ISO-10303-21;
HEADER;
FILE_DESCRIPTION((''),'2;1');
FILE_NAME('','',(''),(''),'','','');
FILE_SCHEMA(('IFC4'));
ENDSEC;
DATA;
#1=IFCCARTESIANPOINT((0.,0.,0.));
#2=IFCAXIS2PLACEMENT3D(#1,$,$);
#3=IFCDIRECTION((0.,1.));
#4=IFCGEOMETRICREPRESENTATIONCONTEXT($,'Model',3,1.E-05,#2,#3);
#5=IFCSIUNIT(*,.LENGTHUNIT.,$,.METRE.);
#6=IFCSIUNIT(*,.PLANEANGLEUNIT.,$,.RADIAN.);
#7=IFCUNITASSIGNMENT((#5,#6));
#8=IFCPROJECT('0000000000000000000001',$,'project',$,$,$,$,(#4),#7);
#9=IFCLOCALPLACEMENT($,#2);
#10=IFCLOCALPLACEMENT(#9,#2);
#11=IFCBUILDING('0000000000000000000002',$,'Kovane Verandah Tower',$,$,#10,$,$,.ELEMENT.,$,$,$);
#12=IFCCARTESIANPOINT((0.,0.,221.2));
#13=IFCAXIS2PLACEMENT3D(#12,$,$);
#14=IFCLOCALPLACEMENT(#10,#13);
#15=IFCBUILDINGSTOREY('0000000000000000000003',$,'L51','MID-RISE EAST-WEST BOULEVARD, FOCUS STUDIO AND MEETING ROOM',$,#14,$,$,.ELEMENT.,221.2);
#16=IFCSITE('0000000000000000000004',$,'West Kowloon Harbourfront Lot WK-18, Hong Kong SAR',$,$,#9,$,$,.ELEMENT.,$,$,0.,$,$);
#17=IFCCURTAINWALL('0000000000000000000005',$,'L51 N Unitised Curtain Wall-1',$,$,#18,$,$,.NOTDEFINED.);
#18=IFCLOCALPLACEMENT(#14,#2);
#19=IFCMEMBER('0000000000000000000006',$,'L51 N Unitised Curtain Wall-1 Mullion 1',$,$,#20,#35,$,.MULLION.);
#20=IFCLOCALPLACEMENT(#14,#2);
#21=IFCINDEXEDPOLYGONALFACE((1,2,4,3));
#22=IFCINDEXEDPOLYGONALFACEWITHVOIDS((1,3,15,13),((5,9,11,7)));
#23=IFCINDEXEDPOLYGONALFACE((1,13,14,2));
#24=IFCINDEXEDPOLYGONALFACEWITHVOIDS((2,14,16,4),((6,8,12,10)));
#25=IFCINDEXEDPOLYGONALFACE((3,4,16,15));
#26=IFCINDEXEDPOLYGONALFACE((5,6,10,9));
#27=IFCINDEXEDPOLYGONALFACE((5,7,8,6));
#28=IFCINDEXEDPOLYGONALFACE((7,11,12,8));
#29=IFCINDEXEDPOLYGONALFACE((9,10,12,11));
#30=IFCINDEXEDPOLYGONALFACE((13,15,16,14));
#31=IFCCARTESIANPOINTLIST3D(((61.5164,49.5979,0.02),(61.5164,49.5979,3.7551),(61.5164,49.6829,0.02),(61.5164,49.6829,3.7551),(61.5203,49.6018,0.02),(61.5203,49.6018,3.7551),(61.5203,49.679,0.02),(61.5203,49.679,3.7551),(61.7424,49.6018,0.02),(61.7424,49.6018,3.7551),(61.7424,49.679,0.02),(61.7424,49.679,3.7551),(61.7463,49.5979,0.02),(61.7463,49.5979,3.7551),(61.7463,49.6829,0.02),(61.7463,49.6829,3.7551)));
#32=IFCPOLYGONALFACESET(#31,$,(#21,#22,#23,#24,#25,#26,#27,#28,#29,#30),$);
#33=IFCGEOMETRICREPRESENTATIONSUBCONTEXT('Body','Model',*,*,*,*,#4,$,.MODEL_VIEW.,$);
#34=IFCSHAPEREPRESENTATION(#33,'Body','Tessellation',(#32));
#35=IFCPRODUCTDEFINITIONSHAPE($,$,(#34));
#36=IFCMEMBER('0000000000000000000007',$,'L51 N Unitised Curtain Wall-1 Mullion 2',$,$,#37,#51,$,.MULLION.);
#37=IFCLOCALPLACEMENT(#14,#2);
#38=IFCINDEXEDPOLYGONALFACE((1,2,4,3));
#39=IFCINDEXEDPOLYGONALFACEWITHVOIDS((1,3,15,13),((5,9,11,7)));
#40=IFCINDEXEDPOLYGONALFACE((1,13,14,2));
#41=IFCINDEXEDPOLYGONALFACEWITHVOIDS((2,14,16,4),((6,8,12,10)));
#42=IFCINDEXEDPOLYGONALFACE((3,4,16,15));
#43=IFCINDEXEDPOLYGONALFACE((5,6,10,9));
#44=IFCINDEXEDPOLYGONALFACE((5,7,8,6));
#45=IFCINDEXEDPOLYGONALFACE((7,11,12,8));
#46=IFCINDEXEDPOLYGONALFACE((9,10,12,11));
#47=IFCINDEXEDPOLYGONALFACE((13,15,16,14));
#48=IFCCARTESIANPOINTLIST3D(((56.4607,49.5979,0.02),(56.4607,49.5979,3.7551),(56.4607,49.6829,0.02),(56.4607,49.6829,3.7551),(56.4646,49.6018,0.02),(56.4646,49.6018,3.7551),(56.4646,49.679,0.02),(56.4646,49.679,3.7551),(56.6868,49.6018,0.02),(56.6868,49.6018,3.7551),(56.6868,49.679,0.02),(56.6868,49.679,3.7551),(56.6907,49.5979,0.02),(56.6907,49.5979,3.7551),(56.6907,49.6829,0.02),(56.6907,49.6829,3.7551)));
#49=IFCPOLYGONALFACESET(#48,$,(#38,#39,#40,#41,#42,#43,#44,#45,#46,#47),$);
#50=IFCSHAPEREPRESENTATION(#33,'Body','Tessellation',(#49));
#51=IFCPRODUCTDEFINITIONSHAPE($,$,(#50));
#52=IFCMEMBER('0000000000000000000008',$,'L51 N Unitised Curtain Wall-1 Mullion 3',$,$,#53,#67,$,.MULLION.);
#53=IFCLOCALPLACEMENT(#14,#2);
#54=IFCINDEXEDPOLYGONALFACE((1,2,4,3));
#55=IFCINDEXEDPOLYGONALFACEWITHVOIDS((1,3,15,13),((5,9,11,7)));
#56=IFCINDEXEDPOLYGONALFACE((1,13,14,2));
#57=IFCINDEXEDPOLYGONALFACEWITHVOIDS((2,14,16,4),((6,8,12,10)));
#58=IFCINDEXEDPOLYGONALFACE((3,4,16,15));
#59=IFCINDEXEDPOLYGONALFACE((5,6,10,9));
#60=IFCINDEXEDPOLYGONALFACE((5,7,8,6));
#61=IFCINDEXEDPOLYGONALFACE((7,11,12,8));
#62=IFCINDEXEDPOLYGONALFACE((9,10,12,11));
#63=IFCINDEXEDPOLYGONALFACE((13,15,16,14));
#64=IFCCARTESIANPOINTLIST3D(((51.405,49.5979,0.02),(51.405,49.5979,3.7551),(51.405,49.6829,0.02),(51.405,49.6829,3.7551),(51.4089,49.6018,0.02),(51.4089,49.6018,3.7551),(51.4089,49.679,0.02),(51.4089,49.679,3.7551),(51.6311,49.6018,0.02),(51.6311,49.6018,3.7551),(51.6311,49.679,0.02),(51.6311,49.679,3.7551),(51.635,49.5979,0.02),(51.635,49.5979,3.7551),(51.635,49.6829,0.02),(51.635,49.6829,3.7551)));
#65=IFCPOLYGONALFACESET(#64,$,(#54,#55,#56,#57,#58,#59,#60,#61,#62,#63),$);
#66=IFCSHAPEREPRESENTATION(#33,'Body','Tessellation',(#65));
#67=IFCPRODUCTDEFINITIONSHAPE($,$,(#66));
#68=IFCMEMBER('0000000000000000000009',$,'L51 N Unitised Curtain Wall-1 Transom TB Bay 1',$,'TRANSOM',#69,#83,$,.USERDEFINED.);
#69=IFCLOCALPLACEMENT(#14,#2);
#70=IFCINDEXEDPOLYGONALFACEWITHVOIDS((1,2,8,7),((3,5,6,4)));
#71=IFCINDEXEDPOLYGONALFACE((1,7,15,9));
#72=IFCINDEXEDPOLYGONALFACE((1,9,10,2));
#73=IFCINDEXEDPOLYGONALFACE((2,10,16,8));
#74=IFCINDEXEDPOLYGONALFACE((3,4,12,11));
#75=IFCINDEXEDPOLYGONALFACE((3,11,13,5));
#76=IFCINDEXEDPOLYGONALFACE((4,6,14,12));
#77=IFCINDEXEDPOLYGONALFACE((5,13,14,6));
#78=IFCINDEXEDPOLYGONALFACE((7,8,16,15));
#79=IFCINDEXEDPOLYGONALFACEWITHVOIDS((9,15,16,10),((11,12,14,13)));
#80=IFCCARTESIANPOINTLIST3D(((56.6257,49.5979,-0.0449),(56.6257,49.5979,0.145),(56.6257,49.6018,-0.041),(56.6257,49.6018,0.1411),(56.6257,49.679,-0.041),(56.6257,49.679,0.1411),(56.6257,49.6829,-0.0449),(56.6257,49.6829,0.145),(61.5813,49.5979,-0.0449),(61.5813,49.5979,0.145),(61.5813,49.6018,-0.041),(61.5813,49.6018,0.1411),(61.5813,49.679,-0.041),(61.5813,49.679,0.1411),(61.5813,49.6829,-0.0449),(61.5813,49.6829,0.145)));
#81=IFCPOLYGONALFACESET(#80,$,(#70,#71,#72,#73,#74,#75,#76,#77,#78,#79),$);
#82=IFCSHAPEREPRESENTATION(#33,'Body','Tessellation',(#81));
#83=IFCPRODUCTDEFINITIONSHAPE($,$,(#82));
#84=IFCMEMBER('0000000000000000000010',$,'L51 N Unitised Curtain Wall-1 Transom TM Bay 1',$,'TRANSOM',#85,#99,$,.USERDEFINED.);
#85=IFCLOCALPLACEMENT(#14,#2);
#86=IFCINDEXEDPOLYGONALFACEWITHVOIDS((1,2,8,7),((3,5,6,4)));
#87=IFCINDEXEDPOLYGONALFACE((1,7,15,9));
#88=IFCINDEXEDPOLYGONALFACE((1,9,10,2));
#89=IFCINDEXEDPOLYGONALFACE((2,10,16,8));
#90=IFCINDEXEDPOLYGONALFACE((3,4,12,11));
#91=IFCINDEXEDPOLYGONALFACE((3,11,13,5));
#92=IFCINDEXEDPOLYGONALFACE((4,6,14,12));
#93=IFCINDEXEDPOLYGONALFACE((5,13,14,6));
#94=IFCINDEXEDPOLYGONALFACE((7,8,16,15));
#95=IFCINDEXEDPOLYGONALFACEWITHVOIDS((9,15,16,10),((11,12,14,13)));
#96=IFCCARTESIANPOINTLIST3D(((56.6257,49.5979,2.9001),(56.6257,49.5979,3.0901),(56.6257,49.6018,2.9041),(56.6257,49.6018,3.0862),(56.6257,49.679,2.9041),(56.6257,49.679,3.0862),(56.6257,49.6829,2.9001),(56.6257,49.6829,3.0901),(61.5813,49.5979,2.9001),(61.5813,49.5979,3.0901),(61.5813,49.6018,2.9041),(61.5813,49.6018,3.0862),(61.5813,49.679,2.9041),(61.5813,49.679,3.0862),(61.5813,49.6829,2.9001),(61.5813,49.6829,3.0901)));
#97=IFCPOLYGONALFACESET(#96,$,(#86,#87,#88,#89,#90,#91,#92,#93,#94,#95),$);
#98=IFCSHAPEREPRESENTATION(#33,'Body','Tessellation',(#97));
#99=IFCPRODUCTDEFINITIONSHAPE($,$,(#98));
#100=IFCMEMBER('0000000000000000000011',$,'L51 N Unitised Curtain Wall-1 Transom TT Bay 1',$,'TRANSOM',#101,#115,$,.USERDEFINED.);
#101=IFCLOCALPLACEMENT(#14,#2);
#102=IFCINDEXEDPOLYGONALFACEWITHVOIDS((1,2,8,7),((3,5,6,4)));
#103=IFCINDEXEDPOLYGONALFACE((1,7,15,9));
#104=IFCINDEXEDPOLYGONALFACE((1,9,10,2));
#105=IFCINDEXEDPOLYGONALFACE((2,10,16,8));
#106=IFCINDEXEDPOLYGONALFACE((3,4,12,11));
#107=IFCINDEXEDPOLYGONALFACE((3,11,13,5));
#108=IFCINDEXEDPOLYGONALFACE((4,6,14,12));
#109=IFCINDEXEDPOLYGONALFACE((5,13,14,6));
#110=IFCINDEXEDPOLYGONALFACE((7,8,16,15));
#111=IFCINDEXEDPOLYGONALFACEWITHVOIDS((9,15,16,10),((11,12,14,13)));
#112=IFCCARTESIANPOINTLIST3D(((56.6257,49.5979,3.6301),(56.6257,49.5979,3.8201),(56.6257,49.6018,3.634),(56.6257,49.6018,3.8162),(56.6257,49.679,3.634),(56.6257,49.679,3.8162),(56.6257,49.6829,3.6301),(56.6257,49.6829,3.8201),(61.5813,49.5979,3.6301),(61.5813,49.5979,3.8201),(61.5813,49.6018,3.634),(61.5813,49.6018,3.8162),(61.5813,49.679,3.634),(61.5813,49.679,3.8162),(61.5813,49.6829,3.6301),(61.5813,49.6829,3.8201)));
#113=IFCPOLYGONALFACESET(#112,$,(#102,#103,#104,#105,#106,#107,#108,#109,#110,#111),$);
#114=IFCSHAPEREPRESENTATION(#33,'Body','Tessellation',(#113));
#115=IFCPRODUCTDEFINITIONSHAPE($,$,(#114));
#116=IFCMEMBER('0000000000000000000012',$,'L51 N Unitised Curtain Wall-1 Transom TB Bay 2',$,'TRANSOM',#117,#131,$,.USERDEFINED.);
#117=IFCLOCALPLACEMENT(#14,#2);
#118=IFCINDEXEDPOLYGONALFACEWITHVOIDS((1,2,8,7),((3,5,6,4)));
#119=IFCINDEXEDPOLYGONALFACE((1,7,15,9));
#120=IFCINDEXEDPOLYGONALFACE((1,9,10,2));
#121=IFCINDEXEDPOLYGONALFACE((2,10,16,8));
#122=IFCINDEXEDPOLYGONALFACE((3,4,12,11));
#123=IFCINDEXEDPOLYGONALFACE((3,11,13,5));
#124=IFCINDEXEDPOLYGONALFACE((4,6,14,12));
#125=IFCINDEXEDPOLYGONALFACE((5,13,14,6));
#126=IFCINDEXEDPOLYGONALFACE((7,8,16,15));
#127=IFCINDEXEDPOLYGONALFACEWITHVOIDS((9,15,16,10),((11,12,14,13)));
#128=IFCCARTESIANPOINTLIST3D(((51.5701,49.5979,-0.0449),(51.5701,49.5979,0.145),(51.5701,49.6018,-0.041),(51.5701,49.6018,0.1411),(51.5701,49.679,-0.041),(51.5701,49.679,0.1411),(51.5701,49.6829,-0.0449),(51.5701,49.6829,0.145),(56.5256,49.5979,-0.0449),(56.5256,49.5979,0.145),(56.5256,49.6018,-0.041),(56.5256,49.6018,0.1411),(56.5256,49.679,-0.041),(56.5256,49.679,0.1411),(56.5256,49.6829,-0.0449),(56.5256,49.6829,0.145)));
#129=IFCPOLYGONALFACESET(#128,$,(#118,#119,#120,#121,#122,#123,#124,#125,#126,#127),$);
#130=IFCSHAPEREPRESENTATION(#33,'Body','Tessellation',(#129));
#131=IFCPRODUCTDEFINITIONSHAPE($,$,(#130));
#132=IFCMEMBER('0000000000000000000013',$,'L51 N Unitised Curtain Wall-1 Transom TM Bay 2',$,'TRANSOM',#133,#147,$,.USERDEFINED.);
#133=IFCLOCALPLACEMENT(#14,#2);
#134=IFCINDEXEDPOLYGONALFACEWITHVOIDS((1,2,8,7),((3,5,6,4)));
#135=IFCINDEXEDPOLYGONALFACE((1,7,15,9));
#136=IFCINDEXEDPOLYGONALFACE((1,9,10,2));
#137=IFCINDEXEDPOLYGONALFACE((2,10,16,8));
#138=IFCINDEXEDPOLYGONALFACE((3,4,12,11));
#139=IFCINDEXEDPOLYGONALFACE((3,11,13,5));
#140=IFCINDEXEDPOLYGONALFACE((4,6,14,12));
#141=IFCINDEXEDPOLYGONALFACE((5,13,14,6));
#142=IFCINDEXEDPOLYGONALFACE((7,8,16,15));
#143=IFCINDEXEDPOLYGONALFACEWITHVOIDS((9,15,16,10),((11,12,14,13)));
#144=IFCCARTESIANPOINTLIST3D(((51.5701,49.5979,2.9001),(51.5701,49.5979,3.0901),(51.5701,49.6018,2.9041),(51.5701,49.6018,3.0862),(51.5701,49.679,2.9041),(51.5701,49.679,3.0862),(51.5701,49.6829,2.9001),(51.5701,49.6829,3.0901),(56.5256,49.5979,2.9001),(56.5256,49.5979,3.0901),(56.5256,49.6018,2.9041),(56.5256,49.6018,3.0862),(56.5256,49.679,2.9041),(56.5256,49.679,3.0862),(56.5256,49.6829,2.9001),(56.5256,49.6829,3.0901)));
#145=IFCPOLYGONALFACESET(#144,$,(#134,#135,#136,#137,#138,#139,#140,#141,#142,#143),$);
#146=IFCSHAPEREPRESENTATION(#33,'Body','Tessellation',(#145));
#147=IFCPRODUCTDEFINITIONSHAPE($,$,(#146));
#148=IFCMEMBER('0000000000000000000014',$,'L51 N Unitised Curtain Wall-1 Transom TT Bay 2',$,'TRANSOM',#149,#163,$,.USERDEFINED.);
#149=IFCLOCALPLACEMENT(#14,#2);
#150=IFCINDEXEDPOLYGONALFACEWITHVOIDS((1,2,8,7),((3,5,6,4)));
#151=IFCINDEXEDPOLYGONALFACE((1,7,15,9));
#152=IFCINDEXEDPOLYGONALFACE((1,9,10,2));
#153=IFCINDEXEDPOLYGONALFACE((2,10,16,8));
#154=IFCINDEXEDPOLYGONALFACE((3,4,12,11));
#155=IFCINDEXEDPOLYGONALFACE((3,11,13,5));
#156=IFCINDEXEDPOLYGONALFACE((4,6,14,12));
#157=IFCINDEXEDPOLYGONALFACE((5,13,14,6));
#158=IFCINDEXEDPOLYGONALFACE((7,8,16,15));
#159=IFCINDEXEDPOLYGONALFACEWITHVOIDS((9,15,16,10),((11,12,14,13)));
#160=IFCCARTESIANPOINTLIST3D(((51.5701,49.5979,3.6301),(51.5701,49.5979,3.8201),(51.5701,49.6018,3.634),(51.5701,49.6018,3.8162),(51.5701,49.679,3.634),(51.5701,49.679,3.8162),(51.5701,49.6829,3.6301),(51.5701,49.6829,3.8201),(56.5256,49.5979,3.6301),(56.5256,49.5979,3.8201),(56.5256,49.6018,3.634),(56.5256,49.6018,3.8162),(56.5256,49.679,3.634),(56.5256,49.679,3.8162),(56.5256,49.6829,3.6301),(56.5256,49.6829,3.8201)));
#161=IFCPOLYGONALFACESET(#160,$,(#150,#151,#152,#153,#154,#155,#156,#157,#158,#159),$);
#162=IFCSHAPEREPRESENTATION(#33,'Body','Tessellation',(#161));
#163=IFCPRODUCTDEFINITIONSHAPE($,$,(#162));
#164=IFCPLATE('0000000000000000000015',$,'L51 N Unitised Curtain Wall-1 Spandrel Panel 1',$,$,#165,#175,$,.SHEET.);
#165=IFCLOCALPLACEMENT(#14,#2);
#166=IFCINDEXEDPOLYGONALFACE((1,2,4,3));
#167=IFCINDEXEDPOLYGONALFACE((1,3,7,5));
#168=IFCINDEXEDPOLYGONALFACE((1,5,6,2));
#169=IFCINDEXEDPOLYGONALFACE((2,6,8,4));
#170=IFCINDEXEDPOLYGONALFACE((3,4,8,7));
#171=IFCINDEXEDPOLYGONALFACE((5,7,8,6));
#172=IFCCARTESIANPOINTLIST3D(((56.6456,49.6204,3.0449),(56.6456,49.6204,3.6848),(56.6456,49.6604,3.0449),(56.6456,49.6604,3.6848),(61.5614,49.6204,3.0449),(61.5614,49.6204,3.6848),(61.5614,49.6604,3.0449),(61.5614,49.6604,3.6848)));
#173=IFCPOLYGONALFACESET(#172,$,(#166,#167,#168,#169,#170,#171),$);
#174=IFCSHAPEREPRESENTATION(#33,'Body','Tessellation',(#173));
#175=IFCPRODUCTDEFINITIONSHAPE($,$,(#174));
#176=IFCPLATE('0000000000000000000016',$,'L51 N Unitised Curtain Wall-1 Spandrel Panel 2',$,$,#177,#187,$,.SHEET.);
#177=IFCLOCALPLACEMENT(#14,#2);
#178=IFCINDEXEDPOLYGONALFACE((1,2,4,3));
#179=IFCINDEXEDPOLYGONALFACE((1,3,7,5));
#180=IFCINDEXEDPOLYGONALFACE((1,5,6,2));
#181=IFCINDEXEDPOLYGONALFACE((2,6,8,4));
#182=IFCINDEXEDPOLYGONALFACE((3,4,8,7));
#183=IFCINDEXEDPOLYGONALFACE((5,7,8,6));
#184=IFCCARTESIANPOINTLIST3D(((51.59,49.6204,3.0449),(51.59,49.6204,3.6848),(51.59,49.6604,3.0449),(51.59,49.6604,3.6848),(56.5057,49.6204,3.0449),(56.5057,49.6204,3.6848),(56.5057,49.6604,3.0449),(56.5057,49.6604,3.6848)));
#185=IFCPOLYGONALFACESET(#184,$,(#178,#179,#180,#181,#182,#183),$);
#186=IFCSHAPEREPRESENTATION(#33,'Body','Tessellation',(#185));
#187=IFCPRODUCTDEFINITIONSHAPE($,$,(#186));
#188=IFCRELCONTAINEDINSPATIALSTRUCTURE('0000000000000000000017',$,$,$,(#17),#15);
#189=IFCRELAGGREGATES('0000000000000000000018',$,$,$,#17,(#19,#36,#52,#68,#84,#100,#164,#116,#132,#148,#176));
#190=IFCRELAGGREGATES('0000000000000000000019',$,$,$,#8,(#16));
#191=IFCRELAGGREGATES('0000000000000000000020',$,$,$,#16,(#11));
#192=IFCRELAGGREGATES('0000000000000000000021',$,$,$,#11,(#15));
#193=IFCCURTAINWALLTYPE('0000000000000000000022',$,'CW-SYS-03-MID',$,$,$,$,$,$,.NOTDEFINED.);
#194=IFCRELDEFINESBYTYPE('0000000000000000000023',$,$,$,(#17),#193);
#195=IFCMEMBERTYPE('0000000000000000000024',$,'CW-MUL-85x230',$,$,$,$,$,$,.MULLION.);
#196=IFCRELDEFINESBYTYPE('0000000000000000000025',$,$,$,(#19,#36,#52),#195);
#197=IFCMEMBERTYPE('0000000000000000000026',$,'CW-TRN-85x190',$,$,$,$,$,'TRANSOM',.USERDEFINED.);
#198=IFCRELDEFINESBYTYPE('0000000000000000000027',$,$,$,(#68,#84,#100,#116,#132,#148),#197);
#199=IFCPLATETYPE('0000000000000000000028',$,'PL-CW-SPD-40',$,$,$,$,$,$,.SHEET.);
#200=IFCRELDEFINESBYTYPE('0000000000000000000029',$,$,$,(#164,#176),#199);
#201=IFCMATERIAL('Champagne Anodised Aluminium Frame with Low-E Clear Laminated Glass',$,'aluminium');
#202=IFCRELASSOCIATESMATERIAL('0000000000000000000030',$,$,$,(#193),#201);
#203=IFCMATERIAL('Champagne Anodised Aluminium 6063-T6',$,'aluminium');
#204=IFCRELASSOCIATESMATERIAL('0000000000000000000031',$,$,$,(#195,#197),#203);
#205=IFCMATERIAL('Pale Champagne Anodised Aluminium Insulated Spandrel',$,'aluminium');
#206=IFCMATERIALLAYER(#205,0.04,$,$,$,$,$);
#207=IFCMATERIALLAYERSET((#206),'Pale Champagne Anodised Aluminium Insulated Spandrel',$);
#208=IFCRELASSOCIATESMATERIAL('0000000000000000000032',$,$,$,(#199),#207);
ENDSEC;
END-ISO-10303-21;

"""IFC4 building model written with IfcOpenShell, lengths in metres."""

from ifc_helpers import new_model, si_unit, direction, frame, origin, origin_2d, place, context, subcontext, project, spatial, rectangle, hollow_rectangle, extrude, material, layer, layer_set, material_profile, profile_set, type_object, element, aggregate, save


model = new_model("IFC4")

# Units and contexts
model_context = context("Model", 3, precision=1e-05, world=origin(), true_north=direction((0.0, 1.0)))
body_context = subcontext(model_context, "Body", "Model", "MODEL_VIEW")
ifc_project = project(units=[si_unit("LENGTHUNIT", "METRE"), si_unit("PLANEANGLEUNIT", "RADIAN")], contexts=[model_context])

# Site, building, storey
site_placement = place(None, origin())
site = spatial("IfcSite", under=ifc_project, at=site_placement, Name="West Kowloon Harbourfront Lot WK-18, Hong Kong SAR", CompositionType="ELEMENT", RefElevation=0.0)
building_placement = place(site_placement, origin())
building = spatial("IfcBuilding", under=site, at=building_placement, Name="Kovane Verandah Tower", CompositionType="ELEMENT")
storey_placement = place(building_placement, frame((0.0, 0.0, 221.2)))
storey = spatial("IfcBuildingStorey", under=building, at=storey_placement, Name="L51", Description="MID-RISE EAST-WEST BOULEVARD, FOCUS STUDIO AND MEETING ROOM", CompositionType="ELEMENT", Elevation=221.2)

# Shared definitions
ifc_material_1 = material(Name="Champagne Anodised Aluminium Frame with Low-E Clear Laminated Glass", Category="aluminium")
curtain_wall_type = type_object("IfcCurtainWallType", Name="CW-SYS-03-MID", PredefinedType="NOTDEFINED", material=ifc_material_1)
ifc_material_2 = material(Name="Champagne Anodised Aluminium 6063-T6", Category="aluminium")
ifc_material_profile_1 = material_profile(ifc_material_2, hollow_rectangle(XDim=0.085, YDim=0.23, WallThickness=0.0039, at=origin_2d()), Name="AL85x230x4")
ifc_profile_set_1 = profile_set([ifc_material_profile_1], Name="Champagne Anodised Aluminium 6063-T6")
member_type_1 = type_object("IfcMemberType", Name="CW-MUL-85x230", PredefinedType="MULLION", material=ifc_profile_set_1)

# Curtain wall, members, plates
curtain_wall_1_placement = place(storey_placement, origin())
curtain_wall_1 = element("IfcCurtainWall", 1, at=curtain_wall_1_placement, inside=storey, type_object=curtain_wall_type, Name="L51 N Unitised Curtain Wall-1", PredefinedType="NOTDEFINED")
member_1_placement = place(storey_placement, frame((61.6313, 49.6404, 0.02), z_axis=(0.0, 0.0, 1.0), x_axis=(0.0, 1.0, 0.0)))
member_1 = element("IfcMember", 2, at=member_1_placement, type_object=member_type_1, Name="L51 N Unitised Curtain Wall-1 Mullion 1", PredefinedType="MULLION", context=body_context, shape_type="SweptSolid", body=[
    extrude(hollow_rectangle(XDim=0.085, YDim=0.23, WallThickness=0.0039, at=origin_2d()), origin(), (0.0, 0.0, 1.0), 3.7351),
])
member_2_placement = place(storey_placement, frame((56.5757, 49.6404, 0.02), z_axis=(0.0, 0.0, 1.0), x_axis=(0.0, 1.0, 0.0)))
member_2 = element("IfcMember", 3, at=member_2_placement, type_object=member_type_1, Name="L51 N Unitised Curtain Wall-1 Mullion 2", PredefinedType="MULLION", context=body_context, shape_type="SweptSolid", body=[
    extrude(hollow_rectangle(XDim=0.085, YDim=0.23, WallThickness=0.0039, at=origin_2d()), origin(), (0.0, 0.0, 1.0), 3.7351),
])
member_3_placement = place(storey_placement, frame((51.52, 49.6404, 0.02), z_axis=(0.0, 0.0, 1.0), x_axis=(0.0, 1.0, 0.0)))
member_3 = element("IfcMember", 4, at=member_3_placement, type_object=member_type_1, Name="L51 N Unitised Curtain Wall-1 Mullion 3", PredefinedType="MULLION", context=body_context, shape_type="SweptSolid", body=[
    extrude(hollow_rectangle(XDim=0.085, YDim=0.23, WallThickness=0.0039, at=origin_2d()), origin(), (0.0, 0.0, 1.0), 3.7351),
])
ifc_material_profile_2 = material_profile(ifc_material_2, hollow_rectangle(XDim=0.085, YDim=0.1899, WallThickness=0.0039, at=origin_2d()), Name="AL85x190x4")
ifc_profile_set_2 = profile_set([ifc_material_profile_2], Name="Champagne Anodised Aluminium 6063-T6")
member_type_2 = type_object("IfcMemberType", Name="CW-TRN-85x190", ElementType="TRANSOM", PredefinedType="USERDEFINED", material=ifc_profile_set_2)
member_4_placement = place(storey_placement, frame((61.5813, 49.6404, 0.05), z_axis=(-1.0, 0.0, 0.0), x_axis=(0.0, -1.0, 0.0)))
member_4 = element("IfcMember", 5, at=member_4_placement, type_object=member_type_2, Name="L51 N Unitised Curtain Wall-1 Transom TB Bay 1", ObjectType="TRANSOM", PredefinedType="USERDEFINED", context=body_context, shape_type="SweptSolid", body=[
    extrude(hollow_rectangle(XDim=0.085, YDim=0.1899, WallThickness=0.0039, at=origin_2d()), origin(), (0.0, 0.0, 1.0), 4.9556),
])
member_5_placement = place(storey_placement, frame((61.5813, 49.6404, 2.9951), z_axis=(-1.0, 0.0, 0.0), x_axis=(0.0, -1.0, 0.0)))
member_5 = element("IfcMember", 6, at=member_5_placement, type_object=member_type_2, Name="L51 N Unitised Curtain Wall-1 Transom TM Bay 1", ObjectType="TRANSOM", PredefinedType="USERDEFINED", context=body_context, shape_type="SweptSolid", body=[
    extrude(hollow_rectangle(XDim=0.085, YDim=0.1899, WallThickness=0.0039, at=origin_2d()), origin(), (0.0, 0.0, 1.0), 4.9556),
])
member_6_placement = place(storey_placement, frame((61.5813, 49.6404, 3.7251), z_axis=(-1.0, 0.0, 0.0), x_axis=(0.0, -1.0, 0.0)))
member_6 = element("IfcMember", 7, at=member_6_placement, type_object=member_type_2, Name="L51 N Unitised Curtain Wall-1 Transom TT Bay 1", ObjectType="TRANSOM", PredefinedType="USERDEFINED", context=body_context, shape_type="SweptSolid", body=[
    extrude(hollow_rectangle(XDim=0.085, YDim=0.1899, WallThickness=0.0039, at=origin_2d()), origin(), (0.0, 0.0, 1.0), 4.9556),
])
member_7_placement = place(storey_placement, frame((56.5256, 49.6404, 0.05), z_axis=(-1.0, 0.0, 0.0), x_axis=(0.0, -1.0, 0.0)))
member_7 = element("IfcMember", 8, at=member_7_placement, type_object=member_type_2, Name="L51 N Unitised Curtain Wall-1 Transom TB Bay 2", ObjectType="TRANSOM", PredefinedType="USERDEFINED", context=body_context, shape_type="SweptSolid", body=[
    extrude(hollow_rectangle(XDim=0.085, YDim=0.1899, WallThickness=0.0039, at=origin_2d()), origin(), (0.0, 0.0, 1.0), 4.9556),
])
member_8_placement = place(storey_placement, frame((56.5256, 49.6404, 2.9951), z_axis=(-1.0, 0.0, 0.0), x_axis=(0.0, -1.0, 0.0)))
member_8 = element("IfcMember", 9, at=member_8_placement, type_object=member_type_2, Name="L51 N Unitised Curtain Wall-1 Transom TM Bay 2", ObjectType="TRANSOM", PredefinedType="USERDEFINED", context=body_context, shape_type="SweptSolid", body=[
    extrude(hollow_rectangle(XDim=0.085, YDim=0.1899, WallThickness=0.0039, at=origin_2d()), origin(), (0.0, 0.0, 1.0), 4.9556),
])
member_9_placement = place(storey_placement, frame((56.5256, 49.6404, 3.7251), z_axis=(-1.0, 0.0, 0.0), x_axis=(0.0, -1.0, 0.0)))
member_9 = element("IfcMember", 10, at=member_9_placement, type_object=member_type_2, Name="L51 N Unitised Curtain Wall-1 Transom TT Bay 2", ObjectType="TRANSOM", PredefinedType="USERDEFINED", context=body_context, shape_type="SweptSolid", body=[
    extrude(hollow_rectangle(XDim=0.085, YDim=0.1899, WallThickness=0.0039, at=origin_2d()), origin(), (0.0, 0.0, 1.0), 4.9556),
])
ifc_material_3 = material(Name="Pale Champagne Anodised Aluminium Insulated Spandrel", Category="aluminium")
ifc_layer_1 = layer(ifc_material_3, 0.04)
ifc_layer_set_1 = layer_set([ifc_layer_1], Name="Pale Champagne Anodised Aluminium Insulated Spandrel")
plate_type_1 = type_object("IfcPlateType", Name="PL-CW-SPD-40", PredefinedType="SHEET", material=ifc_layer_set_1)
plate_1_placement = place(storey_placement, frame((59.1035, 49.6404, 3.0449), z_axis=(0.0, 0.0, 1.0), x_axis=(-1.0, 0.0, 0.0)))
plate_1 = element("IfcPlate", 11, at=plate_1_placement, type_object=plate_type_1, Name="L51 N Unitised Curtain Wall-1 Spandrel Panel 1", PredefinedType="SHEET", context=body_context, shape_type="SweptSolid", body=[
    extrude(rectangle(XDim=4.9158, YDim=0.04, at=origin_2d()), origin(), (0.0, 0.0, 1.0), 0.6399),
])
plate_2_placement = place(storey_placement, frame((54.0479, 49.6404, 3.0449), z_axis=(0.0, 0.0, 1.0), x_axis=(-1.0, 0.0, 0.0)))
plate_2 = element("IfcPlate", 12, at=plate_2_placement, type_object=plate_type_1, Name="L51 N Unitised Curtain Wall-1 Spandrel Panel 2", PredefinedType="SHEET", context=body_context, shape_type="SweptSolid", body=[
    extrude(rectangle(XDim=4.9158, YDim=0.04, at=origin_2d()), origin(), (0.0, 0.0, 1.0), 0.6399),
])
aggregate(curtain_wall_1, [member_1, member_2, member_3, member_4, member_5, member_6, plate_1, member_7, member_8, member_9, plate_2])

save(model, "model.ifc")
